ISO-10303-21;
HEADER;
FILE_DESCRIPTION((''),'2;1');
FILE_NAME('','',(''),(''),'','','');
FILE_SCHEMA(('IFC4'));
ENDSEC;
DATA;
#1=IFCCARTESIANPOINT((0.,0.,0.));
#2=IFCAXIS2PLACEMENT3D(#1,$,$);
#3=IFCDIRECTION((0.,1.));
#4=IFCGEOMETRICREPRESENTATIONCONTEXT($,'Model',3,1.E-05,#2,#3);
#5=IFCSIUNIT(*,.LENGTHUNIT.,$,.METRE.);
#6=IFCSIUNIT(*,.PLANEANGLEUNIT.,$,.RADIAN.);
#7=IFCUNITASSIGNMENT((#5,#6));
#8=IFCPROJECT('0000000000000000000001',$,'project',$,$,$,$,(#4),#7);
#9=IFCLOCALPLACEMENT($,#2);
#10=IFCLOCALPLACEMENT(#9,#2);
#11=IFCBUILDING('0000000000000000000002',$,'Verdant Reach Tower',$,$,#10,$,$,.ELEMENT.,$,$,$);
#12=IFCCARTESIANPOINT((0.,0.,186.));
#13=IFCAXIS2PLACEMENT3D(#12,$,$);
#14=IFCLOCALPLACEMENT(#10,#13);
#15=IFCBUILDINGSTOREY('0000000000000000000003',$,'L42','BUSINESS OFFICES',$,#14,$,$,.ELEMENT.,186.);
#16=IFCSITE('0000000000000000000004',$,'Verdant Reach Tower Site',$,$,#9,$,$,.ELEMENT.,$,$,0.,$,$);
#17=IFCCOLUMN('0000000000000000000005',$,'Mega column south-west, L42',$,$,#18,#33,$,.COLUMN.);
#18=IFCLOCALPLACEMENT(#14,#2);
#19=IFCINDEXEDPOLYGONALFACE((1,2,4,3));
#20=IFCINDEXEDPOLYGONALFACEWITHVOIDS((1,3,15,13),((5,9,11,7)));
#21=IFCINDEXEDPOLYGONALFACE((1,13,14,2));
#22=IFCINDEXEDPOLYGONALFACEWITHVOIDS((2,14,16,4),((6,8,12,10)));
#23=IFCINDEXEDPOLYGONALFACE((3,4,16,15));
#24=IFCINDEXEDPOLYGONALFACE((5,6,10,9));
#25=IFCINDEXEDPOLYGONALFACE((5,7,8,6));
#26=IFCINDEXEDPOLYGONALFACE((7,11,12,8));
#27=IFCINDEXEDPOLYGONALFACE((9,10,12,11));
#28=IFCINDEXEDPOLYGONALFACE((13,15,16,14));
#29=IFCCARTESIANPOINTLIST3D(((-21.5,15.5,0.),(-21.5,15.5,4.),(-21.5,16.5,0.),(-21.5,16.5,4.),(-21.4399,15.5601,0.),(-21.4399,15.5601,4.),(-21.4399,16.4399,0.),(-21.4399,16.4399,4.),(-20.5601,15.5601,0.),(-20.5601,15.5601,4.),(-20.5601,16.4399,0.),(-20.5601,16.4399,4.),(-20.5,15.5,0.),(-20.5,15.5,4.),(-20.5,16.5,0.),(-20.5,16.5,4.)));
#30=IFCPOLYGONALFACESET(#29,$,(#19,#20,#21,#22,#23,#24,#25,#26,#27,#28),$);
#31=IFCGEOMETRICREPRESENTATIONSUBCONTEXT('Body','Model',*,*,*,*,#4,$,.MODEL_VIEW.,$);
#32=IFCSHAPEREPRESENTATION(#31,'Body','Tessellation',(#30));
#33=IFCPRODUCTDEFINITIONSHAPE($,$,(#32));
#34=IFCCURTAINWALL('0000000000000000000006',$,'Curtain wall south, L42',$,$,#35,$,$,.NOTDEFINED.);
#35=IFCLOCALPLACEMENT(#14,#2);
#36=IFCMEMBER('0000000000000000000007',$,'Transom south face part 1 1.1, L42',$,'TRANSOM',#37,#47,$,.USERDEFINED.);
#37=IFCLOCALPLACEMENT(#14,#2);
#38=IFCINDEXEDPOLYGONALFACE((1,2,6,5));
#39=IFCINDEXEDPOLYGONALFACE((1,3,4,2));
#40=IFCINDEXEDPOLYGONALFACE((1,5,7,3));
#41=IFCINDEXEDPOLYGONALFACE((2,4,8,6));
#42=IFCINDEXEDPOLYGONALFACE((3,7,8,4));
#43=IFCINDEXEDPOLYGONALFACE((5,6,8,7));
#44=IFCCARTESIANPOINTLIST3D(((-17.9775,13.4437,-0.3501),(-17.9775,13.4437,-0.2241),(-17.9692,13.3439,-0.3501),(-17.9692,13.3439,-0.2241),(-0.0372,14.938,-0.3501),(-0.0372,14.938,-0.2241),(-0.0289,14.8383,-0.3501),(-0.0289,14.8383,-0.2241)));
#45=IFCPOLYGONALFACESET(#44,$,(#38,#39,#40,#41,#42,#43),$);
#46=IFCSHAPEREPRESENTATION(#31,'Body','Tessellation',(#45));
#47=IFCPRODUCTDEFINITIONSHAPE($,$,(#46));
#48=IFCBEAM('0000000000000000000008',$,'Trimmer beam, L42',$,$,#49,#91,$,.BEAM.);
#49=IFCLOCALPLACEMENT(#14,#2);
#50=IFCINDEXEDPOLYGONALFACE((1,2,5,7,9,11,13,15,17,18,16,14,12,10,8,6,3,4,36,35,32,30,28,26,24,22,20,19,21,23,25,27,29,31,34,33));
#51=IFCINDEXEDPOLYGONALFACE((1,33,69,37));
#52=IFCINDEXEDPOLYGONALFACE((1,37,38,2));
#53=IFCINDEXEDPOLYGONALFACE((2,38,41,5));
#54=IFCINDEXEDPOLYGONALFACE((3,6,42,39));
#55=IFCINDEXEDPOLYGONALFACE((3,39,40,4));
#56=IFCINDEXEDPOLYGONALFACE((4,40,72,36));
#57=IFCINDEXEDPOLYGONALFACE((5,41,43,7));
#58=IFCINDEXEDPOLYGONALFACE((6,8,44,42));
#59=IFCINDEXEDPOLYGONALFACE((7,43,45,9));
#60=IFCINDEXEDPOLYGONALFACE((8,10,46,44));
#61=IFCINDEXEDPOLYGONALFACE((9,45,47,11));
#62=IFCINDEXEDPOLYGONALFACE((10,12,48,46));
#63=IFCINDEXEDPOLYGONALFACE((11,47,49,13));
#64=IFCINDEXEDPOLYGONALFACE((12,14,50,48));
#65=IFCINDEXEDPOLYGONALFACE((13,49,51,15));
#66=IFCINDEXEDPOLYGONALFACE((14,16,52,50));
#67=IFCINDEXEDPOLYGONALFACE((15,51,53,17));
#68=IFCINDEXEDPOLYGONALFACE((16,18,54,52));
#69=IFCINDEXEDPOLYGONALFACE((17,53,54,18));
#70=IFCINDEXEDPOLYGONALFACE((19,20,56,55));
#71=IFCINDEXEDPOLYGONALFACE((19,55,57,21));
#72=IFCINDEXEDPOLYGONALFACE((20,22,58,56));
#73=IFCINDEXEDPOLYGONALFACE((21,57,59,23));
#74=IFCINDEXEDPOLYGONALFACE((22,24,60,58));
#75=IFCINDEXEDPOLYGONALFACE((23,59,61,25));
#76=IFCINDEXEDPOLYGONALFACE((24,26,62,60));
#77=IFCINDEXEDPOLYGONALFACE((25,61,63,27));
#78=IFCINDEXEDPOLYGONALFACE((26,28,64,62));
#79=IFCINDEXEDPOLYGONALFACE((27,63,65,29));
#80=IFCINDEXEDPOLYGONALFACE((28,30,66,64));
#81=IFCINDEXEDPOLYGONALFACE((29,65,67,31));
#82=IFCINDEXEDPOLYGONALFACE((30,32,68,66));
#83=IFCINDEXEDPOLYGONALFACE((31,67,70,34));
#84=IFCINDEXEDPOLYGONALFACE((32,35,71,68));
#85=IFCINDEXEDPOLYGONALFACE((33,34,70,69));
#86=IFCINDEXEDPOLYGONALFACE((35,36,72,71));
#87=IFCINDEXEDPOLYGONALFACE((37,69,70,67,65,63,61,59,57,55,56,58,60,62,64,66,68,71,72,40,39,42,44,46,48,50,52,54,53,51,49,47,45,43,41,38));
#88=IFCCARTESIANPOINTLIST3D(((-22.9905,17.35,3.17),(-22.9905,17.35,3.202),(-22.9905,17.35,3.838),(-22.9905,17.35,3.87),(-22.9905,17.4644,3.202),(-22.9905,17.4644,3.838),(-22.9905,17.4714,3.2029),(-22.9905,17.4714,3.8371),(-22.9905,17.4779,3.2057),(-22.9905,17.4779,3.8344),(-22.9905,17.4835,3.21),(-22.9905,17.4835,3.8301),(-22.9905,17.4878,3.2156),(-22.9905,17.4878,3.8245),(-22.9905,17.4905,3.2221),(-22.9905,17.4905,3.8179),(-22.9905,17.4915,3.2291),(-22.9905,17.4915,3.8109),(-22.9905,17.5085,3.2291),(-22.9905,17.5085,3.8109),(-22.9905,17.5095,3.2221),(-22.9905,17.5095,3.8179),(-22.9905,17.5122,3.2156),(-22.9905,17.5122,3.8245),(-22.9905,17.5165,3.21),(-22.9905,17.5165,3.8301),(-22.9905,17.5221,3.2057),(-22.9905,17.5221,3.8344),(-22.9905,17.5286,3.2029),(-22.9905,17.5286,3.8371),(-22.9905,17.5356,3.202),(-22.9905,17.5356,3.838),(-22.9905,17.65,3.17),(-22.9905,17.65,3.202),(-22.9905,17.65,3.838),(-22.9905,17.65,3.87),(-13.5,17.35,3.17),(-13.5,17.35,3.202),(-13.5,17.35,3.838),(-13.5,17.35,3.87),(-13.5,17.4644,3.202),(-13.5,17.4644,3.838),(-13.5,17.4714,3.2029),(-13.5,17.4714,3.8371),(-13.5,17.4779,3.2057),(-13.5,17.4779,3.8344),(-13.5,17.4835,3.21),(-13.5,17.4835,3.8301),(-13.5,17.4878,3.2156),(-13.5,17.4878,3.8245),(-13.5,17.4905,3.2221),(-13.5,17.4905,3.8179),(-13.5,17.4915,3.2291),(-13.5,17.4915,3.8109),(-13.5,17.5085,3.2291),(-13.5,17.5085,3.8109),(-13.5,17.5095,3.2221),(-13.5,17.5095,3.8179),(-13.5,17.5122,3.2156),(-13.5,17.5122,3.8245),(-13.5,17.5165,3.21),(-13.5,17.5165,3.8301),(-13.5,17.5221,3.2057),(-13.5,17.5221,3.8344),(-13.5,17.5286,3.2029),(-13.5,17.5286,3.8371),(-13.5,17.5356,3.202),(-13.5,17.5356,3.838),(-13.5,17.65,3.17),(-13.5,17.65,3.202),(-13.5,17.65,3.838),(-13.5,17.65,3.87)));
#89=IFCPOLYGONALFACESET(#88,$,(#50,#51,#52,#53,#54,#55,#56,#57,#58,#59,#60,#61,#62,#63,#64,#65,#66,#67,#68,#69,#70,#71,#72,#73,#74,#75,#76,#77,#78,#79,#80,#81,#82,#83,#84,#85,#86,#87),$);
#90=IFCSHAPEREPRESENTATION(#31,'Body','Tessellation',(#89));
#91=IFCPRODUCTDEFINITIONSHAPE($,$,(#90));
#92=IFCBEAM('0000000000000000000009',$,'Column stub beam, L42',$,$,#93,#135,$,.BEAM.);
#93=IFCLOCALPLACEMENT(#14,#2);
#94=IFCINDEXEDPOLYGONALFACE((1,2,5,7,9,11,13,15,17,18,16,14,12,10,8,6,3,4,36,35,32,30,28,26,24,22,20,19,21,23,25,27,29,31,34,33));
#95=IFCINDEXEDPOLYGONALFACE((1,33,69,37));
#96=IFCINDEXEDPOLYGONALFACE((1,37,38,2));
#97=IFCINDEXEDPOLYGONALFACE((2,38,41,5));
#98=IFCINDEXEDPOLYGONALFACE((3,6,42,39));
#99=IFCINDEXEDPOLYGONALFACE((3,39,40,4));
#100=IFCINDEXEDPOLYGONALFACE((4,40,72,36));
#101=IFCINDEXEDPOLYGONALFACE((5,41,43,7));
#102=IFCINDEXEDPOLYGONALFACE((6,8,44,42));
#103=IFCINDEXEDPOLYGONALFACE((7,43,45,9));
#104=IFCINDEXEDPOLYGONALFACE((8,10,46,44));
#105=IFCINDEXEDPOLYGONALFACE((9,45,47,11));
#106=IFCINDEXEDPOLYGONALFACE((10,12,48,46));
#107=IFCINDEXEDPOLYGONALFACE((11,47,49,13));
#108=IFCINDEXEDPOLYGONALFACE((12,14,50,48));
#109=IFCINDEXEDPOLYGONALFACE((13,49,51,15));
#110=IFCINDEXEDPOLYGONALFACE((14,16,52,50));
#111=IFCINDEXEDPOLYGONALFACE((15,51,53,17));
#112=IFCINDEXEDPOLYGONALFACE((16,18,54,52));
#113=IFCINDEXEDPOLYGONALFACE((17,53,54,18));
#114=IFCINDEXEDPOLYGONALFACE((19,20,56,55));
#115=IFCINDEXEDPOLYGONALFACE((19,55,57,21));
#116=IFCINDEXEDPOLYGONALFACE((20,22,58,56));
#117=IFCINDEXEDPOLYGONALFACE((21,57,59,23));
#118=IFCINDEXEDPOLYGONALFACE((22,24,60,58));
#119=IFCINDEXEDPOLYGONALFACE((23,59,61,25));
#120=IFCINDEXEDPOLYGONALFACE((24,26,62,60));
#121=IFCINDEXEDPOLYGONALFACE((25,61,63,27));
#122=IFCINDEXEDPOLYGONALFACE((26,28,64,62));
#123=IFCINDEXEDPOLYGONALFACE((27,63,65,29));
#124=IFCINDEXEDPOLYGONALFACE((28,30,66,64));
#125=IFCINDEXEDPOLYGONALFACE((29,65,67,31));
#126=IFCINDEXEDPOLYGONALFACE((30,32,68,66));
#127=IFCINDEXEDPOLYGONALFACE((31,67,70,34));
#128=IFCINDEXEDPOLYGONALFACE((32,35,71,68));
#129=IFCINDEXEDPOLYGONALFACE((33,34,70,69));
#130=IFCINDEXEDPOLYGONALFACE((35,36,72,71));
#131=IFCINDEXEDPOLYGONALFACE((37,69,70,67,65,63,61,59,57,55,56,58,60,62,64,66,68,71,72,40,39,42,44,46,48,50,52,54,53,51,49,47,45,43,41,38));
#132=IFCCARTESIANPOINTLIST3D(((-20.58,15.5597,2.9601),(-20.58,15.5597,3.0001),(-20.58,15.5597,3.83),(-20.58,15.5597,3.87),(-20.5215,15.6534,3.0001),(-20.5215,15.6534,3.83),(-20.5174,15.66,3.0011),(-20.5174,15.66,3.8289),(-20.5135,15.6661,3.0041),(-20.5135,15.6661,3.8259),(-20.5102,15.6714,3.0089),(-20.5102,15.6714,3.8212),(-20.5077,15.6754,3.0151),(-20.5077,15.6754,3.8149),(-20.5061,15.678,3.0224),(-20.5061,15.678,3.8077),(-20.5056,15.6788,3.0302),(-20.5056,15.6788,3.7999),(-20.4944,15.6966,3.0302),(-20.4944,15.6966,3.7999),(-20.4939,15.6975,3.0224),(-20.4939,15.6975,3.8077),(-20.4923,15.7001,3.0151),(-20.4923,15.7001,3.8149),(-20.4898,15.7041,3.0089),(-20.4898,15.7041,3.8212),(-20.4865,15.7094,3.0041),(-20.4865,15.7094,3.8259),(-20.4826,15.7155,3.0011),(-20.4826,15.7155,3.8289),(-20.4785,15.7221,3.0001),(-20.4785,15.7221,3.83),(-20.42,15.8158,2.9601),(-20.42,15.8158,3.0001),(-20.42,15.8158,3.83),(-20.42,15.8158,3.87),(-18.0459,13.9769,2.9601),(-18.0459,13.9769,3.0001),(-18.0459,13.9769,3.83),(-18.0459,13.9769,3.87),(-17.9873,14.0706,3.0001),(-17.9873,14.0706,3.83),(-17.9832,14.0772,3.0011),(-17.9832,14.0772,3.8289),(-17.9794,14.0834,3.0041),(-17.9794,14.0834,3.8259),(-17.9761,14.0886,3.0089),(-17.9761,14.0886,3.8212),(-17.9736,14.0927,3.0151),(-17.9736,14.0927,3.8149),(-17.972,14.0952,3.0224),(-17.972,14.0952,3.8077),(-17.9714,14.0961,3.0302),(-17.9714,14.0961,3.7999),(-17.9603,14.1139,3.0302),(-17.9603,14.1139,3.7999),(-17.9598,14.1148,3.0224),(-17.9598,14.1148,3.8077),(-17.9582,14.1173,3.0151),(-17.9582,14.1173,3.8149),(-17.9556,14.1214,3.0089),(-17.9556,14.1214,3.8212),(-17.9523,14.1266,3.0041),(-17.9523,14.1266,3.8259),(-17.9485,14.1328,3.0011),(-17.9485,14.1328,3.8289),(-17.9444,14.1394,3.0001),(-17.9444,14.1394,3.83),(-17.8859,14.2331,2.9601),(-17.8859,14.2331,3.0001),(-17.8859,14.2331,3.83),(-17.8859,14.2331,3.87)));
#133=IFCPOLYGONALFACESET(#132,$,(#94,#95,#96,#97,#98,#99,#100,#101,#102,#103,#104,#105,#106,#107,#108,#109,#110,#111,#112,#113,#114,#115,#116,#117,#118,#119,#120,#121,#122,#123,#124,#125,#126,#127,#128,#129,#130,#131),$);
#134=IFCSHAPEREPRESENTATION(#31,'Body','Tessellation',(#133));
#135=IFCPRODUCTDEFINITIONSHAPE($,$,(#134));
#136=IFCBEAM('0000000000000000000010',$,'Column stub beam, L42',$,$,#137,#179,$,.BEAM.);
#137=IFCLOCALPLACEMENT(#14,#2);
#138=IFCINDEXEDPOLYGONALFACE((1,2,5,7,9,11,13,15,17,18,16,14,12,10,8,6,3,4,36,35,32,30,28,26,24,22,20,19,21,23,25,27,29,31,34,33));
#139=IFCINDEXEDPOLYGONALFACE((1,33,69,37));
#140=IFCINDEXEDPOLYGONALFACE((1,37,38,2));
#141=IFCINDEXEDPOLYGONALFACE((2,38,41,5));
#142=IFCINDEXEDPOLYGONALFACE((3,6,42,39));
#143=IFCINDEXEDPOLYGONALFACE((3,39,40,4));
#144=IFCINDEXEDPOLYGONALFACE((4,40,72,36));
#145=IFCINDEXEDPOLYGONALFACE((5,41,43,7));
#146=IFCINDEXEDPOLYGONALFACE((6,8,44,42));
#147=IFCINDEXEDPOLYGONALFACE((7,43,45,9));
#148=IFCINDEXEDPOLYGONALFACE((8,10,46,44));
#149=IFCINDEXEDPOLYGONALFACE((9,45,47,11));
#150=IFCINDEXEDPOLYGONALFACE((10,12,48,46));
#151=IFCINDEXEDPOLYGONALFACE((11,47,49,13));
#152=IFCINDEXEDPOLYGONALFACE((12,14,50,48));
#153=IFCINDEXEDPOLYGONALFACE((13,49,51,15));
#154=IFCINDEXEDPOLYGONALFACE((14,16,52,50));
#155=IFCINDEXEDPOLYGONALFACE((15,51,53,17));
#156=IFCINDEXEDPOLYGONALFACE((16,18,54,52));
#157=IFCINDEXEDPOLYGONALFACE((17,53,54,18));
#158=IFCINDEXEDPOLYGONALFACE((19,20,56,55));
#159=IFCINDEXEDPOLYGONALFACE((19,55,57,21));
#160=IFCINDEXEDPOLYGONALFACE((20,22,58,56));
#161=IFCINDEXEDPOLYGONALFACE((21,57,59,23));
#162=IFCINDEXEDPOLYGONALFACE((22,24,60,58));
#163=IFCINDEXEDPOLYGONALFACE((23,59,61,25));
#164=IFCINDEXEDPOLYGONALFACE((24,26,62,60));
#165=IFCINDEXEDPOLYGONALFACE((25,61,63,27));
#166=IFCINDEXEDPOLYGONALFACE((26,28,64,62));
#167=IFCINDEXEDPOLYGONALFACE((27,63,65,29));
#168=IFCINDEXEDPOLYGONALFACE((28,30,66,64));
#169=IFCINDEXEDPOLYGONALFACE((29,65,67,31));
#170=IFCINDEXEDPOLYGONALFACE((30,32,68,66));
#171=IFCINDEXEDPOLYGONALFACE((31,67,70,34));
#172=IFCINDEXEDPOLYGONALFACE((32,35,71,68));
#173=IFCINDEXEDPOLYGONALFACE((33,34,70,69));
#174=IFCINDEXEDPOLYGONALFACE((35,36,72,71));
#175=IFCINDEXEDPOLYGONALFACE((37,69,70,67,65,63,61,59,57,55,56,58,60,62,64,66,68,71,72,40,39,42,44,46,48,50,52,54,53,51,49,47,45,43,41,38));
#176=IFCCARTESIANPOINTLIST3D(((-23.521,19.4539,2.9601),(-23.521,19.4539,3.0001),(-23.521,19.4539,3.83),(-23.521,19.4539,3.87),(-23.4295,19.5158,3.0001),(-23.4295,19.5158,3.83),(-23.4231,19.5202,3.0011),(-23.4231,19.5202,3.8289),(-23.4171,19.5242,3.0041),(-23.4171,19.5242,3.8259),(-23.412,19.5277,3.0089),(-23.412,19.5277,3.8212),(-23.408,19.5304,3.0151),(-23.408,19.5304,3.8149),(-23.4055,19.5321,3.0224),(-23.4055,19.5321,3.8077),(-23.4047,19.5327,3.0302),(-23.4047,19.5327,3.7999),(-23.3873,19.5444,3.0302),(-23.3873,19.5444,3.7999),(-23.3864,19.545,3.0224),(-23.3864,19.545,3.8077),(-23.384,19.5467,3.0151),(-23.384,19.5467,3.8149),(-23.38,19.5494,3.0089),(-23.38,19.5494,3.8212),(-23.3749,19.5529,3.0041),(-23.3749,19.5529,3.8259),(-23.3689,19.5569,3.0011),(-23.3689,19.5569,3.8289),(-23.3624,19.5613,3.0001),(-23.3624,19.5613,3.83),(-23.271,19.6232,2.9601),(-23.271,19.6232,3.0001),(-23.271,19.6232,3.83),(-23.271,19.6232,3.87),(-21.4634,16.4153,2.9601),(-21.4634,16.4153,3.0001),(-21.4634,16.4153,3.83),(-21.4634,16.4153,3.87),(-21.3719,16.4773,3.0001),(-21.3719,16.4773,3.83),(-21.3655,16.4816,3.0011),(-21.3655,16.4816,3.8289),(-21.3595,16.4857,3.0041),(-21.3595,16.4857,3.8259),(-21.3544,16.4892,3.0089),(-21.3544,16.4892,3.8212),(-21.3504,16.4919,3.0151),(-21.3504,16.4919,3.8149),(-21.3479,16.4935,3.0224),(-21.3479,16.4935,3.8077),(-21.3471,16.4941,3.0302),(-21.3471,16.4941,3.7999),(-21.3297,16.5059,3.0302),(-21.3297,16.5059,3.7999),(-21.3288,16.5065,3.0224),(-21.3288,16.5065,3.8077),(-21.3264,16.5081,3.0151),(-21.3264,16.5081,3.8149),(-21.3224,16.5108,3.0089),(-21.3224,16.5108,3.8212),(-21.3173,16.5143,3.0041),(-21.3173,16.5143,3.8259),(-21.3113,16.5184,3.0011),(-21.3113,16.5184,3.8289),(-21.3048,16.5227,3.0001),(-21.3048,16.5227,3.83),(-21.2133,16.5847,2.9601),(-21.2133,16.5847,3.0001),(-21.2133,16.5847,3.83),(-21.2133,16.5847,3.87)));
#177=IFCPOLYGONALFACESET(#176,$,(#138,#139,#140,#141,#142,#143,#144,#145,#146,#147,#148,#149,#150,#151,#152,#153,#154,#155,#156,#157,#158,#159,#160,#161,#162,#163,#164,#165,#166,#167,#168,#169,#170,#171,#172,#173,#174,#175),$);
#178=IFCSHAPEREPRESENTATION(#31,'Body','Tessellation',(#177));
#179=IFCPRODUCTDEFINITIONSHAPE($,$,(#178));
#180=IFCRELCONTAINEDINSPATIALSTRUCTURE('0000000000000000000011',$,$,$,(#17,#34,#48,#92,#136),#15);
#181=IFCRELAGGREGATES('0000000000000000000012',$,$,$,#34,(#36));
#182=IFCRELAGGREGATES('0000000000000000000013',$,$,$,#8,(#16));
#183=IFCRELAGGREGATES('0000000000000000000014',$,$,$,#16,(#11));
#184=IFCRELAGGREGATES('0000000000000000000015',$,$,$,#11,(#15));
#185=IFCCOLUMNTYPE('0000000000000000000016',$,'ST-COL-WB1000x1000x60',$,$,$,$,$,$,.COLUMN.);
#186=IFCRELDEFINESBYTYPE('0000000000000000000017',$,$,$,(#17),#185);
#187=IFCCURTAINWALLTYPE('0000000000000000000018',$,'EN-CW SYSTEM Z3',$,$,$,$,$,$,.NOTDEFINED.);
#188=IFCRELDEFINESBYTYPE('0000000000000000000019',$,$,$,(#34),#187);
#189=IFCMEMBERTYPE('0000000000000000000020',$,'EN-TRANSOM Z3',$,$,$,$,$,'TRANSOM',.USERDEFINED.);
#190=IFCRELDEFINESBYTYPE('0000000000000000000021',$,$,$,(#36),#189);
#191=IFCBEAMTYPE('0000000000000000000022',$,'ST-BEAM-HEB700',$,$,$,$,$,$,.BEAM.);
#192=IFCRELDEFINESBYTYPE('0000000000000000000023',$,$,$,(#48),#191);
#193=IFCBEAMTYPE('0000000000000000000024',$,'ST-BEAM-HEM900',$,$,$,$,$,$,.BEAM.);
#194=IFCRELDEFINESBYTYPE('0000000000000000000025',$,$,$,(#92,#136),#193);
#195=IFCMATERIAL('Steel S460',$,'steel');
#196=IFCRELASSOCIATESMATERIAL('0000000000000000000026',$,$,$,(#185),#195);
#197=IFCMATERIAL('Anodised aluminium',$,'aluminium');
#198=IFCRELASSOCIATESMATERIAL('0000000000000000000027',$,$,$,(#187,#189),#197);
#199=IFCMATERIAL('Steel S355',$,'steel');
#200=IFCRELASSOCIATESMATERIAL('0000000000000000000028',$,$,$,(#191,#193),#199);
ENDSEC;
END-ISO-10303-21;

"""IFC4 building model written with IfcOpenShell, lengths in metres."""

from ifc_helpers import new_model, si_unit, direction, frame, origin, origin_2d, place, context, subcontext, project, spatial, rectangle, hollow_rectangle, i_section, extrude, material, material_profile, profile_set, type_object, element, aggregate, save


model = new_model("IFC4")

# Units and contexts
model_context = context("Model", 3, precision=1e-05, world=origin(), true_north=direction((0.0, 1.0)))
body_context = subcontext(model_context, "Body", "Model", "MODEL_VIEW")
ifc_project = project(units=[si_unit("LENGTHUNIT", "METRE"), si_unit("PLANEANGLEUNIT", "RADIAN")], contexts=[model_context])

# Site, building, storey
site_placement = place(None, origin())
site = spatial("IfcSite", under=ifc_project, at=site_placement, Name="Verdant Reach Tower Site", CompositionType="ELEMENT", RefElevation=0.0)
building_placement = place(site_placement, origin())
building = spatial("IfcBuilding", under=site, at=building_placement, Name="Verdant Reach Tower", CompositionType="ELEMENT")
storey_placement = place(building_placement, frame((0.0, 0.0, 186.0)))
storey = spatial("IfcBuildingStorey", under=building, at=storey_placement, Name="L42", Description="BUSINESS OFFICES", CompositionType="ELEMENT", Elevation=186.0)

# Column
ifc_material_1 = material(Name="Steel S460", Category="steel")
ifc_material_profile_1 = material_profile(ifc_material_1, hollow_rectangle(XDim=1.0, YDim=1.0, WallThickness=0.0601, at=origin_2d()), Name="WB 1000x1000x60")
ifc_profile_set_1 = profile_set([ifc_material_profile_1], Name="Steel S460")
column_type = type_object("IfcColumnType", Name="ST-COL-WB1000x1000x60", PredefinedType="COLUMN", material=ifc_profile_set_1)
column_placement = place(storey_placement, frame((-21.0, 16.0, 0.0), z_axis=(0.0, 0.0, 1.0), x_axis=(1.0, 0.0, 0.0)))
element("IfcColumn", 1, at=column_placement, inside=storey, type_object=column_type, Name="Mega column south-west, L42", PredefinedType="COLUMN", context=body_context, shape_type="SweptSolid", body=[
    extrude(hollow_rectangle(XDim=1.0, YDim=1.0, WallThickness=0.0601, at=origin_2d()), origin(), (0.0, 0.0, 1.0), 4.0),
])

# Curtain wall, member
ifc_material_2 = material(Name="Anodised aluminium", Category="aluminium")
curtain_wall_type = type_object("IfcCurtainWallType", Name="EN-CW SYSTEM Z3", PredefinedType="NOTDEFINED", material=ifc_material_2)
curtain_wall_1_placement = place(storey_placement, origin())
curtain_wall_1 = element("IfcCurtainWall", 2, at=curtain_wall_1_placement, inside=storey, type_object=curtain_wall_type, Name="Curtain wall south, L42", PredefinedType="NOTDEFINED")
ifc_material_profile_2 = material_profile(ifc_material_2, rectangle(XDim=0.1001, YDim=0.126, at=origin_2d()), Name="Transom 126x100")
ifc_profile_set_2 = profile_set([ifc_material_profile_2], Name="Anodised aluminium")
member_type = type_object("IfcMemberType", Name="EN-TRANSOM Z3", ElementType="TRANSOM", PredefinedType="USERDEFINED", material=ifc_profile_set_2)
member_placement = place(storey_placement, frame((-17.9734, 13.3938, -0.2871), z_axis=(0.996549, 0.08301, 0.0), x_axis=(-0.08301, 0.996549, 0.0)))
member = element("IfcMember", 3, at=member_placement, type_object=member_type, Name="Transom south face part 1 1.1, L42", ObjectType="TRANSOM", PredefinedType="USERDEFINED", context=body_context, shape_type="SweptSolid", body=[
    extrude(rectangle(XDim=0.1001, YDim=0.126, at=origin_2d()), origin(), (0.0, 0.0, 1.0), 18.0024),
])

# Beams
ifc_material_3 = material(Name="Steel S355", Category="steel")
ifc_material_profile_3 = material_profile(ifc_material_3, i_section(OverallWidth=0.3, OverallDepth=0.7, WebThickness=0.0171, FlangeThickness=0.032, FilletRadius=0.0271, at=origin_2d()), Name="HEB 700")
ifc_profile_set_3 = profile_set([ifc_material_profile_3], Name="Steel S355")
beam_type_1 = type_object("IfcBeamType", Name="ST-BEAM-HEB700", PredefinedType="BEAM", material=ifc_profile_set_3)
beam_1_placement = place(storey_placement, frame((-13.5, 17.5, 3.52), z_axis=(-1.0, 0.0, 0.0), x_axis=(0.0, -1.0, 0.0)))
element("IfcBeam", 4, at=beam_1_placement, inside=storey, type_object=beam_type_1, Name="Trimmer beam, L42", PredefinedType="BEAM", context=body_context, shape_type="SweptSolid", body=[
    extrude(i_section(OverallWidth=0.3, OverallDepth=0.7, WebThickness=0.0171, FlangeThickness=0.032, FilletRadius=0.0271, at=origin_2d()), origin(), (0.0, 0.0, 1.0), 9.4905),
])
ifc_material_profile_4 = material_profile(ifc_material_3, i_section(OverallWidth=0.302, OverallDepth=0.9099, WebThickness=0.021, FlangeThickness=0.04, FilletRadius=0.03, at=origin_2d()), Name="HEM 900")
ifc_profile_set_4 = profile_set([ifc_material_profile_4], Name="Steel S355")
beam_type_2 = type_object("IfcBeamType", Name="ST-BEAM-HEM900", PredefinedType="BEAM", material=ifc_profile_set_4)
beam_2_placement = place(storey_placement, frame((-20.5, 15.6877, 3.415), z_axis=(0.848164, -0.529735, 0.0), x_axis=(0.529735, 0.848164, 0.0)))
element("IfcBeam", 5, at=beam_2_placement, inside=storey, type_object=beam_type_2, Name="Column stub beam, L42", PredefinedType="BEAM", context=body_context, shape_type="SweptSolid", body=[
    extrude(i_section(OverallWidth=0.302, OverallDepth=0.9099, WebThickness=0.021, FlangeThickness=0.04, FilletRadius=0.03, at=origin_2d()), origin(), (0.0, 0.0, 1.0), 2.9878),
])
beam_3_placement = place(storey_placement, frame((-21.3384, 16.5, 3.415), z_axis=(-0.560704, 0.828016, 0.0), x_axis=(-0.828016, -0.560704, 0.0)))
element("IfcBeam", 6, at=beam_3_placement, inside=storey, type_object=beam_type_2, Name="Column stub beam, L42", PredefinedType="BEAM", context=body_context, shape_type="SweptSolid", body=[
    extrude(i_section(OverallWidth=0.302, OverallDepth=0.9099, WebThickness=0.021, FlangeThickness=0.04, FilletRadius=0.03, at=origin_2d()), origin(), (0.0, 0.0, 1.0), 3.6697),
])

aggregate(curtain_wall_1, [member])

save(model, "model.ifc")
